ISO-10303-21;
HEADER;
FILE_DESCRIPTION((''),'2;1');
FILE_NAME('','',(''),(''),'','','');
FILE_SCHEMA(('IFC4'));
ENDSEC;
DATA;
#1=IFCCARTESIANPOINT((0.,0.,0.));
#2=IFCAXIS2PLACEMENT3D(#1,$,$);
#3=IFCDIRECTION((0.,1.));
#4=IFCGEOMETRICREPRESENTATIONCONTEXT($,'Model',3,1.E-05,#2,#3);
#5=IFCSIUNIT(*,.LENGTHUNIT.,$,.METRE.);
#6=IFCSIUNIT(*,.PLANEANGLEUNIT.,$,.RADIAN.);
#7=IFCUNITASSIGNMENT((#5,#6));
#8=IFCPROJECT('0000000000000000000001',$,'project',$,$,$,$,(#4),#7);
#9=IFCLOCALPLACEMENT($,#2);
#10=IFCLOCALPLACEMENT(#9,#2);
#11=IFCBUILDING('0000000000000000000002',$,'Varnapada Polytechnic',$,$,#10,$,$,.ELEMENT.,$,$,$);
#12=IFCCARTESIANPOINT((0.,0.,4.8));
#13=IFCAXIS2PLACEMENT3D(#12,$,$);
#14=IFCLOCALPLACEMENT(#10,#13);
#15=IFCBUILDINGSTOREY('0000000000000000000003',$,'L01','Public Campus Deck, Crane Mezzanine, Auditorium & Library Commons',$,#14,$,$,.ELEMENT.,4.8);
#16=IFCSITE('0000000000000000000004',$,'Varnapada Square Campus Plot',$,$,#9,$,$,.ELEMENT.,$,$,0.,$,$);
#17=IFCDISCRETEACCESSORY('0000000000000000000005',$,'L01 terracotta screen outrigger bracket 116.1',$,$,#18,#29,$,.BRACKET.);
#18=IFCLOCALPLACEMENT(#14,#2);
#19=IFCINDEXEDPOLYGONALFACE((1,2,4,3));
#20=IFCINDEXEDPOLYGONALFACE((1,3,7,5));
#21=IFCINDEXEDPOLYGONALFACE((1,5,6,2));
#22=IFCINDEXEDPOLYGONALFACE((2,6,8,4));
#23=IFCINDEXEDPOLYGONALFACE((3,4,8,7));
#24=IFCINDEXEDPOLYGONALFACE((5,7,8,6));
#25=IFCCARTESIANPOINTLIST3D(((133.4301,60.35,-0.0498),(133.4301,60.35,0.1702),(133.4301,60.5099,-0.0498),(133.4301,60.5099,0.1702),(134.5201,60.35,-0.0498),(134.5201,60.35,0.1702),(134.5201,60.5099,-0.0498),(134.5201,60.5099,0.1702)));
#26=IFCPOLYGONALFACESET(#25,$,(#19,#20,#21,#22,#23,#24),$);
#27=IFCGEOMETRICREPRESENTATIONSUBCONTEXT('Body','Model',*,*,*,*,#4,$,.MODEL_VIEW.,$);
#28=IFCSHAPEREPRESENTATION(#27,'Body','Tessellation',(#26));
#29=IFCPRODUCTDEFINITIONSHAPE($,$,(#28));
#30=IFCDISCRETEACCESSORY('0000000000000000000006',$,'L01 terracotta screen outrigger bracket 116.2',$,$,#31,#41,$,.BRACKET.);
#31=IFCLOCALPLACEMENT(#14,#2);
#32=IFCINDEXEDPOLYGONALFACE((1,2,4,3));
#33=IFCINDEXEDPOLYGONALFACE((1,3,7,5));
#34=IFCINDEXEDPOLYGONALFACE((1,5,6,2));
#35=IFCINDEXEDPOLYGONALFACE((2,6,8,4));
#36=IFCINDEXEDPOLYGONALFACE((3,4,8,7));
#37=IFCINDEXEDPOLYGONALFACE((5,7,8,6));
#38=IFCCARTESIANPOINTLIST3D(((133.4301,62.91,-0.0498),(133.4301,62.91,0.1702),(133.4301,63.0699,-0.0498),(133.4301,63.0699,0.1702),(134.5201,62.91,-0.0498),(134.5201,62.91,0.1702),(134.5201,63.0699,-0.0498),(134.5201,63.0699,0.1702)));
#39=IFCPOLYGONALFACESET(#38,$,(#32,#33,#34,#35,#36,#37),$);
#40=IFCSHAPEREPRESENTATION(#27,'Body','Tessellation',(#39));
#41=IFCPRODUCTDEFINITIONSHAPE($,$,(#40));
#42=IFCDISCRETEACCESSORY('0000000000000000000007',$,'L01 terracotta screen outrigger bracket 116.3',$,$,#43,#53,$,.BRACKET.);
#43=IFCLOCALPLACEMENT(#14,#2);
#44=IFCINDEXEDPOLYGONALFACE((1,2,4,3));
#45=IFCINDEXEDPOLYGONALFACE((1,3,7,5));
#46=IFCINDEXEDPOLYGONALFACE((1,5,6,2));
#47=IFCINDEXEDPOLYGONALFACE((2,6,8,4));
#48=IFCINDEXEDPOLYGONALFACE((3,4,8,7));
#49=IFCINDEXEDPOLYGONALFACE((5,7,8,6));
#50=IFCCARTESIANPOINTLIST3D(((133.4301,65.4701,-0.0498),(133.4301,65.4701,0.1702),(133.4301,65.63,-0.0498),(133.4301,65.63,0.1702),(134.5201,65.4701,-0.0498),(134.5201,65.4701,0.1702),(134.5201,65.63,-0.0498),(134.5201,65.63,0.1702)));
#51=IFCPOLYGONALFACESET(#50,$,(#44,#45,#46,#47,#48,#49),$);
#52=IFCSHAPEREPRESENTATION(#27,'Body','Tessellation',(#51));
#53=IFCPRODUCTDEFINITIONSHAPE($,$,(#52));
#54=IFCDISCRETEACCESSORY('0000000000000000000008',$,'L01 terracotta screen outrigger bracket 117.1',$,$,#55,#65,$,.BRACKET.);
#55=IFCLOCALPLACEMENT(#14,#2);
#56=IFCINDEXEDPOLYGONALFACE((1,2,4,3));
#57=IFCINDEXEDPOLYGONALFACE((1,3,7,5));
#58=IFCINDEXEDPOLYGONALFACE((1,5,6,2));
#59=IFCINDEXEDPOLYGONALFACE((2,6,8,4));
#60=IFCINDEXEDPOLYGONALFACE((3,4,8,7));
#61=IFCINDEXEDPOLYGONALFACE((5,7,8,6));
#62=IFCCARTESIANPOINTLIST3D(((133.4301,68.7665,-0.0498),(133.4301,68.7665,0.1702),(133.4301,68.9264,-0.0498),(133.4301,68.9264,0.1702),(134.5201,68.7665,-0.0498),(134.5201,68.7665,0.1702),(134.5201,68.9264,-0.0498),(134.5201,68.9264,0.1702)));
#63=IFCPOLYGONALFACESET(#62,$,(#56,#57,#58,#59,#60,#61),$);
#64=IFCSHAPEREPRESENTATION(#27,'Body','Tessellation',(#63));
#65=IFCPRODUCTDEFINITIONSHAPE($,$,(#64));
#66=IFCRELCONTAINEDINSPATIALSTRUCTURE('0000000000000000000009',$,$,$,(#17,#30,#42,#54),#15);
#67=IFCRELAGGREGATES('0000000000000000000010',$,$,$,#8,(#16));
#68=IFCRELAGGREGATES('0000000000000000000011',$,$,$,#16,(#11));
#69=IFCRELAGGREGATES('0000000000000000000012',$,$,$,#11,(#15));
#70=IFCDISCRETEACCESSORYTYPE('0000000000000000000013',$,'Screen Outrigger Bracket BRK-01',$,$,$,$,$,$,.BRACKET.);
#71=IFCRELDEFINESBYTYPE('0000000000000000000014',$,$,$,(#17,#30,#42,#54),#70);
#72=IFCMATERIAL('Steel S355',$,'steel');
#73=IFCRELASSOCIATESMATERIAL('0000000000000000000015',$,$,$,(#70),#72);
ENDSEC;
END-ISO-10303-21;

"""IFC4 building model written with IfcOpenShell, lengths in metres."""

from ifc_helpers import new_model, si_unit, direction, frame, origin, origin_2d, place, context, subcontext, project, spatial, rectangle, extrude, material, type_object, element, save


model = new_model("IFC4")

# Units and contexts
model_context = context("Model", 3, precision=1e-05, world=origin(), true_north=direction((0.0, 1.0)))
body_context = subcontext(model_context, "Body", "Model", "MODEL_VIEW")
ifc_project = project(units=[si_unit("LENGTHUNIT", "METRE"), si_unit("PLANEANGLEUNIT", "RADIAN")], contexts=[model_context])

# Site, building, storey
site_placement = place(None, origin())
site = spatial("IfcSite", under=ifc_project, at=site_placement, Name="Varnapada Square Campus Plot", CompositionType="ELEMENT", RefElevation=0.0)
building_placement = place(site_placement, origin())
building = spatial("IfcBuilding", under=site, at=building_placement, Name="Varnapada Polytechnic", CompositionType="ELEMENT")
storey_placement = place(building_placement, frame((0.0, 0.0, 4.8)))
storey = spatial("IfcBuildingStorey", under=building, at=storey_placement, Name="L01", Description="Public Campus Deck, Crane Mezzanine, Auditorium & Library Commons", CompositionType="ELEMENT", Elevation=4.8)

# Discrete accessories
ifc_material_1 = material(Name="Steel S355", Category="steel")
discrete_accessory_type = type_object("IfcDiscreteAccessoryType", Name="Screen Outrigger Bracket BRK-01", PredefinedType="BRACKET", material=ifc_material_1)
for number, where, z_axis, x_axis, name in (
    (1, (133.9751, 60.4299, -0.0498), (0.0, 0.0, 1.0), (0.0, 1.0, 0.0), "L01 terracotta screen outrigger bracket 116.1"),
    (2, (133.9751, 62.99, -0.0498), (0.0, 0.0, 1.0), (0.0, 1.0, 0.0), "L01 terracotta screen outrigger bracket 116.2"),
    (3, (133.9751, 65.55, -0.0498), (0.0, 0.0, 1.0), (0.0, 1.0, 0.0), "L01 terracotta screen outrigger bracket 116.3"),
    (4, (133.9751, 68.8464, -0.0498), (0.0, 0.0, 1.0), (0.0, 1.0, 0.0), "L01 terracotta screen outrigger bracket 117.1"),
):
    element("IfcDiscreteAccessory", number, at=place(storey_placement, frame(where, z_axis=z_axis, x_axis=x_axis)), inside=storey, type_object=discrete_accessory_type, Name=name, PredefinedType="BRACKET", context=body_context, shape_type="SweptSolid", body=[
        extrude(rectangle(XDim=0.1599, YDim=1.0901, at=origin_2d()), origin(), (0.0, 0.0, 1.0), 0.22),
    ])

save(model, "model.ifc")
